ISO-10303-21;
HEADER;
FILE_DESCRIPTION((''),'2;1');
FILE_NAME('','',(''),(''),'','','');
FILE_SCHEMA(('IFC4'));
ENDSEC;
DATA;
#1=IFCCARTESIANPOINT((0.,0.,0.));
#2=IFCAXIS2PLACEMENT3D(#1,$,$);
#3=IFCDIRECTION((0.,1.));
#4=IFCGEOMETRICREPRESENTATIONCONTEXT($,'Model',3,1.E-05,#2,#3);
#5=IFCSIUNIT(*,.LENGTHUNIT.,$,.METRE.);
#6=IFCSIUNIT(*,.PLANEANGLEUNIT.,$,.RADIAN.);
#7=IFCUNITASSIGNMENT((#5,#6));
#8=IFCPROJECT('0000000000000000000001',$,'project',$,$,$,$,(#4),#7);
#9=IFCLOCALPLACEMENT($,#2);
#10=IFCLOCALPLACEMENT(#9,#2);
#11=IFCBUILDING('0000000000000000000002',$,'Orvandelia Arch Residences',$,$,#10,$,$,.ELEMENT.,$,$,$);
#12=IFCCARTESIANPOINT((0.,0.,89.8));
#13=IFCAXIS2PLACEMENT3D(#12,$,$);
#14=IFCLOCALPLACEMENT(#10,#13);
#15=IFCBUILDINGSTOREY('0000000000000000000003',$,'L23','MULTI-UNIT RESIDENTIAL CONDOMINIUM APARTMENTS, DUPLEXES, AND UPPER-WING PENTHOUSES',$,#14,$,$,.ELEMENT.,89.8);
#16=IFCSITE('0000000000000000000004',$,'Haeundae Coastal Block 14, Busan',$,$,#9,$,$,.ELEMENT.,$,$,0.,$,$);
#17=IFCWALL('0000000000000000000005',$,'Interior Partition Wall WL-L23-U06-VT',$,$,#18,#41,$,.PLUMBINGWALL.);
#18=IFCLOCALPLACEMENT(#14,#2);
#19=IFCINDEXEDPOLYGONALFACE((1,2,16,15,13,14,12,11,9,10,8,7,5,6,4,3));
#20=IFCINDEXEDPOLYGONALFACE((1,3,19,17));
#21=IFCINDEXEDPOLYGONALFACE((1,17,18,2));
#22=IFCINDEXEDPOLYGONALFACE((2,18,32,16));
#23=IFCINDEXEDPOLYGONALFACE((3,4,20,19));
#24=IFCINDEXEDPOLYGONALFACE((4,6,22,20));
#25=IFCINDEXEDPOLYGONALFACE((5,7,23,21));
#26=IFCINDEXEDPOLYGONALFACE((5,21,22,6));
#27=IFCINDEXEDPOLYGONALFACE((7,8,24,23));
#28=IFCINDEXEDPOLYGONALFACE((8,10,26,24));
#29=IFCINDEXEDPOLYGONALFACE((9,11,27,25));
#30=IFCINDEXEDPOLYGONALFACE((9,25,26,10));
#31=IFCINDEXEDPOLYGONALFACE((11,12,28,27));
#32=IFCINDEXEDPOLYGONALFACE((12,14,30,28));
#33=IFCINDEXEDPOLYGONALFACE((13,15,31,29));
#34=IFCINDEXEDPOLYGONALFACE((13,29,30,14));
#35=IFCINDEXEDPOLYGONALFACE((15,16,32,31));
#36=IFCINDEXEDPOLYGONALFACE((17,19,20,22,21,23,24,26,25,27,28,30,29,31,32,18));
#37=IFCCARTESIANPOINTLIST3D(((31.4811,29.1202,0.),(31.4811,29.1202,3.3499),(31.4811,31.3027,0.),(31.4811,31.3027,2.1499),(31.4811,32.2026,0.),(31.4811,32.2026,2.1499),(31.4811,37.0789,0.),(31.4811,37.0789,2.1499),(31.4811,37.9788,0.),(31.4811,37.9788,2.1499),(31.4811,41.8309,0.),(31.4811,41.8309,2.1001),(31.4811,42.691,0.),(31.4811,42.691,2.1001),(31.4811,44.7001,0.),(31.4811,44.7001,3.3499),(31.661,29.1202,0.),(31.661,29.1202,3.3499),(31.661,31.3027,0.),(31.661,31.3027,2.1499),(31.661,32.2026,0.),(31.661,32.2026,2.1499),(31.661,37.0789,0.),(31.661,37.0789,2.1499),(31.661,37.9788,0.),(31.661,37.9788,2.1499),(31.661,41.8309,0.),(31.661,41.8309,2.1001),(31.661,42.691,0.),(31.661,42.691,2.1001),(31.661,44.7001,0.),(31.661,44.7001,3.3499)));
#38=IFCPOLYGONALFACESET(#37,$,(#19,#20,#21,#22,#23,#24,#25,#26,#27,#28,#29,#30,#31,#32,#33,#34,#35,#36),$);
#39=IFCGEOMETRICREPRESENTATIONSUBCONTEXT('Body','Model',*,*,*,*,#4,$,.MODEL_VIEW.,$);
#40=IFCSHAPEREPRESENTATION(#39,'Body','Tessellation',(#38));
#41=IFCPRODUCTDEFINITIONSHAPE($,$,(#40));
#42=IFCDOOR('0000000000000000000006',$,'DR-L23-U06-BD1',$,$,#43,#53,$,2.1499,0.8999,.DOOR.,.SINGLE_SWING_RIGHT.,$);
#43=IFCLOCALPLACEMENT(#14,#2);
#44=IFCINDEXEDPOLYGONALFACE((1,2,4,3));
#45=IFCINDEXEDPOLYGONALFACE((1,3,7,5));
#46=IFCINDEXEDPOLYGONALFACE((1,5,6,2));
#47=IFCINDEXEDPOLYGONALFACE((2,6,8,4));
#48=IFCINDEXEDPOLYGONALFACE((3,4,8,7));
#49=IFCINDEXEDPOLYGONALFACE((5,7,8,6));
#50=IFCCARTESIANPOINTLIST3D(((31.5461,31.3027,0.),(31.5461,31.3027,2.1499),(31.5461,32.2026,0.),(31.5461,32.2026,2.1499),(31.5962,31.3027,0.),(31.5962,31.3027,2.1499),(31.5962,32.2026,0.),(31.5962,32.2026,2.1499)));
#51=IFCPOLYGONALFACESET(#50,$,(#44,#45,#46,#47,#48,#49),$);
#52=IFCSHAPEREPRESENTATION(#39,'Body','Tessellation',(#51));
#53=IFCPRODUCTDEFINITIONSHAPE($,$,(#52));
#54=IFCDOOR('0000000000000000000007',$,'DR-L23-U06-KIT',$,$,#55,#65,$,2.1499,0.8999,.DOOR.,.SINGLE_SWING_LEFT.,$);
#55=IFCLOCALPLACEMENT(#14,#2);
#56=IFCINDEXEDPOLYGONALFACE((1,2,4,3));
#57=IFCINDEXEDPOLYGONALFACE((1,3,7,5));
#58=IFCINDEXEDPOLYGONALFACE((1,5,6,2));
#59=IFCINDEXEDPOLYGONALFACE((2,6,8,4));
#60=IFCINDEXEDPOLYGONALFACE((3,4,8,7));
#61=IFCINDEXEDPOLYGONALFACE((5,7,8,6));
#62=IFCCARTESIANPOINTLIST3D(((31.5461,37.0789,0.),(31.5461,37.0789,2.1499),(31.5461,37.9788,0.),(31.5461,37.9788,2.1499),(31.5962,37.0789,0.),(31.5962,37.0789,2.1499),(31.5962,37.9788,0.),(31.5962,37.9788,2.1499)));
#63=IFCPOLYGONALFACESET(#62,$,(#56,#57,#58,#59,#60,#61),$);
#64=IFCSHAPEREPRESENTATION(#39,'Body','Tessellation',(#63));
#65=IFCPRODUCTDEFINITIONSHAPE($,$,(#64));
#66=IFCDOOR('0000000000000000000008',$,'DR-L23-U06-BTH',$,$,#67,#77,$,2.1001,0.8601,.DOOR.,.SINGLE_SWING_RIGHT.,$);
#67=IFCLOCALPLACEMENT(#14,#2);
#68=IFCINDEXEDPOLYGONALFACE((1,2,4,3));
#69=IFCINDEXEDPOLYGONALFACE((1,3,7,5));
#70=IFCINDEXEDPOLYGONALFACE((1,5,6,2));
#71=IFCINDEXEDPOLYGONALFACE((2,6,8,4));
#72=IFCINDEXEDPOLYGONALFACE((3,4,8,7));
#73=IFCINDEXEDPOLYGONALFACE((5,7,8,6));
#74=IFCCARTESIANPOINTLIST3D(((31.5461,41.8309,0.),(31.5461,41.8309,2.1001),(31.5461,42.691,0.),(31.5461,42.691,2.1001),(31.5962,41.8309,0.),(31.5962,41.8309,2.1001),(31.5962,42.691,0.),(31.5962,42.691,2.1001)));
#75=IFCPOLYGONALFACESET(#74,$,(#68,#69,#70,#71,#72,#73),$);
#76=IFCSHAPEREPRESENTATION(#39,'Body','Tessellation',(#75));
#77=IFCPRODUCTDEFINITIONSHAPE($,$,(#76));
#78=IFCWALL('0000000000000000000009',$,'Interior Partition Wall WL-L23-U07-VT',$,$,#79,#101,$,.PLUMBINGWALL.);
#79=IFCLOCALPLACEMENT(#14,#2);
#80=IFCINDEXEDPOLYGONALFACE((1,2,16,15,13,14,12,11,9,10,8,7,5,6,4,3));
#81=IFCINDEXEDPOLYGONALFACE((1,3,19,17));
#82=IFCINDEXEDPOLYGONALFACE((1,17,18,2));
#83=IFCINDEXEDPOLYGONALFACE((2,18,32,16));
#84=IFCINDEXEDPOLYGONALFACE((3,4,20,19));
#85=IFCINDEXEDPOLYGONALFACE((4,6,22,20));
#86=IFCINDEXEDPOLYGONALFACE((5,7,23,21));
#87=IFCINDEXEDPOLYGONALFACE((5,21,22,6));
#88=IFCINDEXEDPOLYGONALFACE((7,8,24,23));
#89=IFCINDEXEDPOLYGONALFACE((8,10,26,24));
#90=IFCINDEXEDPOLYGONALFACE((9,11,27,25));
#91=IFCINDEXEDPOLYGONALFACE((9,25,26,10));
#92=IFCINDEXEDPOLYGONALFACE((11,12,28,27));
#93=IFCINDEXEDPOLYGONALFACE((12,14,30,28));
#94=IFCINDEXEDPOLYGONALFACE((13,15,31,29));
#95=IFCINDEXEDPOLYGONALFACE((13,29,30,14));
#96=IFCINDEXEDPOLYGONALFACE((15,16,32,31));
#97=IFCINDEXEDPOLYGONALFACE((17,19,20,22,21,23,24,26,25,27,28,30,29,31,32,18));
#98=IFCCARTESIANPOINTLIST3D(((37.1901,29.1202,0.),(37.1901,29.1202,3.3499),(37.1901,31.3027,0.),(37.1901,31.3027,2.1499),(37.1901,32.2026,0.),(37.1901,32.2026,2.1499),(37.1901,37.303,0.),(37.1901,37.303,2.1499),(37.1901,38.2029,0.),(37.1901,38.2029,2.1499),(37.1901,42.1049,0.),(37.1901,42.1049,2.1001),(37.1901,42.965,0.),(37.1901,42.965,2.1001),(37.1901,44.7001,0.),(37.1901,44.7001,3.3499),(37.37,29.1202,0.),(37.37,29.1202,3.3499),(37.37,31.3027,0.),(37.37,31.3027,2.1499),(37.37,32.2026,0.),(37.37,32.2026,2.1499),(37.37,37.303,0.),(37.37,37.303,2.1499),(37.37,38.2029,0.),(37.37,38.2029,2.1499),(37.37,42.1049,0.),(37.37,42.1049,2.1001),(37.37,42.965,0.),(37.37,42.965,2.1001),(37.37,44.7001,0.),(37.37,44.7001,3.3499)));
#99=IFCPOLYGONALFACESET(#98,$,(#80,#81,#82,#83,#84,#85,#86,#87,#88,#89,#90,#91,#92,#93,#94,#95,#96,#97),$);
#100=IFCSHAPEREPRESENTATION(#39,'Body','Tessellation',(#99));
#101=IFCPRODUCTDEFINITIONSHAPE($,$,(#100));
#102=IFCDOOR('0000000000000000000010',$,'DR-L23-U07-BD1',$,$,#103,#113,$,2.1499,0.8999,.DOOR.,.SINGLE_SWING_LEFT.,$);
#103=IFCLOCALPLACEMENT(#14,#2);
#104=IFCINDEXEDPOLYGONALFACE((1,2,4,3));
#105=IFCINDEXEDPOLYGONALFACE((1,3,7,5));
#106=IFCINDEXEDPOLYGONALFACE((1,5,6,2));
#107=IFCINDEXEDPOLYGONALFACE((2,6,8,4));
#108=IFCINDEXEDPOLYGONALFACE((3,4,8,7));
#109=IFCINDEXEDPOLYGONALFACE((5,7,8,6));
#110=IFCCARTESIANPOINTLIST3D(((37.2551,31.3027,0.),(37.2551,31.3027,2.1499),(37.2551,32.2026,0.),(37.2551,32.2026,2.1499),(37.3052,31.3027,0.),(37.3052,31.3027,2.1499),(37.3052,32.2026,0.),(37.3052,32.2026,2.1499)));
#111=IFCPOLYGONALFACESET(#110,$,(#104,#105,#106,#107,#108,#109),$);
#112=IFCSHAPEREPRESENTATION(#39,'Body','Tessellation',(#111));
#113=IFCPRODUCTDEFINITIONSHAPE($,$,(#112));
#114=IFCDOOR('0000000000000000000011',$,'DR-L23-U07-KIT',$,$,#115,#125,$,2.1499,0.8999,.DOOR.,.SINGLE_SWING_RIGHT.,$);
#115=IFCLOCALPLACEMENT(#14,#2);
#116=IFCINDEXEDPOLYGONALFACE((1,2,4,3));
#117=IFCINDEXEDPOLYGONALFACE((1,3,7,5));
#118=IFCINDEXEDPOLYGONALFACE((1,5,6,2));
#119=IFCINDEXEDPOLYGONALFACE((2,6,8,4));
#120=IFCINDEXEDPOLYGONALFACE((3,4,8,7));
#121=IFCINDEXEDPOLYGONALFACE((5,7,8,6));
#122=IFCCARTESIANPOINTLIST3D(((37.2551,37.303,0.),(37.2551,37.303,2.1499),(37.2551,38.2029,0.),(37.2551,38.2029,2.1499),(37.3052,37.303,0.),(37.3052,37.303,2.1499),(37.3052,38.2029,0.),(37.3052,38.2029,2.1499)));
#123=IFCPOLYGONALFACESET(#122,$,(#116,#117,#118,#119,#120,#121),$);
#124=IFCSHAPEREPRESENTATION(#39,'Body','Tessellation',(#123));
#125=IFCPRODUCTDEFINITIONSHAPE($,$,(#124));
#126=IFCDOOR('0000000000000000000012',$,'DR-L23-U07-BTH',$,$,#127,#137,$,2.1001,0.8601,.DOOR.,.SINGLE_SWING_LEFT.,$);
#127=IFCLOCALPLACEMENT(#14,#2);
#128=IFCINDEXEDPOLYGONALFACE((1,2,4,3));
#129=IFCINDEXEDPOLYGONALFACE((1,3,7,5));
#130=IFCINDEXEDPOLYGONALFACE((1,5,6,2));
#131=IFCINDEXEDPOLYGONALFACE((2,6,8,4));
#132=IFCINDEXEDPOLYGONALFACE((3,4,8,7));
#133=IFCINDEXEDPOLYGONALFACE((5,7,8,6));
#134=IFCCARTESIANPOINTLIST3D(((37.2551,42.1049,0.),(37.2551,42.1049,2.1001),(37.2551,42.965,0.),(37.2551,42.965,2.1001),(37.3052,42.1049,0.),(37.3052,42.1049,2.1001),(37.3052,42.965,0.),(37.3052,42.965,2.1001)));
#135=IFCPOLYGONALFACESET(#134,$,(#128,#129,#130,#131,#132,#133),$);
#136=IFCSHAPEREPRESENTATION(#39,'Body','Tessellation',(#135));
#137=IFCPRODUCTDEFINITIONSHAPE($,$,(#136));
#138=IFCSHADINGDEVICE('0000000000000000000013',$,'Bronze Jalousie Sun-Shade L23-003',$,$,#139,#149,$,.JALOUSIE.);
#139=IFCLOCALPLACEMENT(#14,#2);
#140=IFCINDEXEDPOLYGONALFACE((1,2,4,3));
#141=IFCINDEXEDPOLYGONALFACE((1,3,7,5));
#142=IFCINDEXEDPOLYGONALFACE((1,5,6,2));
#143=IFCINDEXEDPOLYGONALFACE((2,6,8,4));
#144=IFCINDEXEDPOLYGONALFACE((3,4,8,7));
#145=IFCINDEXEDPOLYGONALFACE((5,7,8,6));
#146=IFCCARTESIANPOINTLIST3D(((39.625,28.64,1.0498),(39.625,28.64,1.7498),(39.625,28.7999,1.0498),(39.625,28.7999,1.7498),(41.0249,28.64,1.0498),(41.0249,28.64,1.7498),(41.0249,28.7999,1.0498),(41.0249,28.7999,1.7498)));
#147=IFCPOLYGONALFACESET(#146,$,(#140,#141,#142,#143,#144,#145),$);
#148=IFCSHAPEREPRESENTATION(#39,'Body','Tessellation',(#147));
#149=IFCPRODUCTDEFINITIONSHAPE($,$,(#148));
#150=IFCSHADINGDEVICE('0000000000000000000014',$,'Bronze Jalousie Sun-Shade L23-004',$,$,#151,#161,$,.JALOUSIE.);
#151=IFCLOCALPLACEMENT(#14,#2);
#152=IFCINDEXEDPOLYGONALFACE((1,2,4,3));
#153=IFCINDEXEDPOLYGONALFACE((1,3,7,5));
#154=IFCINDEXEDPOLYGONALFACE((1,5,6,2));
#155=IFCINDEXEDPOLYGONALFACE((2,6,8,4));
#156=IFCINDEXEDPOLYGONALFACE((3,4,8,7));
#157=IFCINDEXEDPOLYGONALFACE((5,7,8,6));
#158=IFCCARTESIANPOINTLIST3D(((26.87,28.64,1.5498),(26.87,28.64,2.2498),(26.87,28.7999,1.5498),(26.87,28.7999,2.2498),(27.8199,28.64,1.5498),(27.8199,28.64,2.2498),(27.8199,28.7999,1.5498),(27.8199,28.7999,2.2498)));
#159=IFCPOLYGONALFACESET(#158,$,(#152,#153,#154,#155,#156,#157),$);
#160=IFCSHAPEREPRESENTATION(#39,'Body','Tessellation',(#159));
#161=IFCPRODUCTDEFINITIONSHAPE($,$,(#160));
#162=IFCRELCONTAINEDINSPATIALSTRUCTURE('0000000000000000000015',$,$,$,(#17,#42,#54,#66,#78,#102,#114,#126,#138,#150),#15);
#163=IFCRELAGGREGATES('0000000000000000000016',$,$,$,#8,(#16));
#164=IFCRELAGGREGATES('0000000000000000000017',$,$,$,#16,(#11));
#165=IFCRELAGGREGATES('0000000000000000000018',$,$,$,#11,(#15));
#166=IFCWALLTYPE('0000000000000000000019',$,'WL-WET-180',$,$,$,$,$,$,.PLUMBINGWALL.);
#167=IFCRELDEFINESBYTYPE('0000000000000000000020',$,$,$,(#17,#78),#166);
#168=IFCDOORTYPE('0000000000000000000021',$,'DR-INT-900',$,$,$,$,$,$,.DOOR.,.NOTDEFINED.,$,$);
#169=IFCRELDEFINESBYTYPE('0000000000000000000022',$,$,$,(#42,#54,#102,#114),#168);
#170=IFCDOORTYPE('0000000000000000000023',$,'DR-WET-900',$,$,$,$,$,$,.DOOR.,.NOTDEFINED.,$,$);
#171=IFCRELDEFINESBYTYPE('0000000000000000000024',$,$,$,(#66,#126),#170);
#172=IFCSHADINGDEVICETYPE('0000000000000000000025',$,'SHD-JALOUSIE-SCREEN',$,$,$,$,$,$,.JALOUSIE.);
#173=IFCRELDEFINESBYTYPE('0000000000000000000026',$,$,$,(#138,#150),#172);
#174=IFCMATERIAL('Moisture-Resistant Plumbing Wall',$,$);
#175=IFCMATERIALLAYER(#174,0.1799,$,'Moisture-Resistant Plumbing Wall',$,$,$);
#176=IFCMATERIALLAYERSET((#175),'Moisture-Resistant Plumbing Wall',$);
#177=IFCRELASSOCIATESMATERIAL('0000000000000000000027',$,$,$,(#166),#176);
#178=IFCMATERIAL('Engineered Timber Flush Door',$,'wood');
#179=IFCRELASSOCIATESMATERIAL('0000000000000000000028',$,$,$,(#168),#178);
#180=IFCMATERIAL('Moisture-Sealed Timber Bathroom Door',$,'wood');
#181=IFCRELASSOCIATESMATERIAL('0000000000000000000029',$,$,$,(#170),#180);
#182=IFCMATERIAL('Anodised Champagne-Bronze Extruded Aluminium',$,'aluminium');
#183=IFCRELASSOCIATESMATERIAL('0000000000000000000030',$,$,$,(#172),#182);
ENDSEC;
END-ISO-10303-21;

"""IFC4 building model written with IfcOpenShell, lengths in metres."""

from ifc_helpers import new_model, si_unit, direction, frame, frame_2d, origin, origin_2d, place, context, subcontext, project, spatial, rectangle, extrude, material, layer, layer_set, type_object, element, fill, save


model = new_model("IFC4")

# Units and contexts
model_context = context("Model", 3, precision=1e-05, world=origin(), true_north=direction((0.0, 1.0)))
body_context = subcontext(model_context, "Body", "Model", "MODEL_VIEW")
ifc_project = project(units=[si_unit("LENGTHUNIT", "METRE"), si_unit("PLANEANGLEUNIT", "RADIAN")], contexts=[model_context])

# Site, building, storey
site_placement = place(None, origin())
site = spatial("IfcSite", under=ifc_project, at=site_placement, Name="Haeundae Coastal Block 14, Busan", CompositionType="ELEMENT", RefElevation=0.0)
building_placement = place(site_placement, origin())
building = spatial("IfcBuilding", under=site, at=building_placement, Name="Orvandelia Arch Residences", CompositionType="ELEMENT")
storey_placement = place(building_placement, frame((0.0, 0.0, 89.8)))
storey = spatial("IfcBuildingStorey", under=building, at=storey_placement, Name="L23", Description="MULTI-UNIT RESIDENTIAL CONDOMINIUM APARTMENTS, DUPLEXES, AND UPPER-WING PENTHOUSES", CompositionType="ELEMENT", Elevation=89.8)

# Walls, openings, doors
ifc_material_1 = material(Name="Moisture-Resistant Plumbing Wall")
ifc_layer_1 = layer(ifc_material_1, 0.1799, Name="Moisture-Resistant Plumbing Wall")
ifc_layer_set_1 = layer_set([ifc_layer_1], Name="Moisture-Resistant Plumbing Wall")
wall_type_1 = type_object("IfcWallType", Name="WL-WET-180", PredefinedType="PLUMBINGWALL", material=ifc_layer_set_1)
wall_1_placement = place(storey_placement, frame((31.571, 29.1201, 0.0), z_axis=(0.0, 0.0, 1.0), x_axis=(0.0, 1.0, 0.0)))
wall_1 = element("IfcWall", 1, at=wall_1_placement, inside=storey, type_object=wall_type_1, Name="Interior Partition Wall WL-L23-U06-VT", PredefinedType="PLUMBINGWALL", context=body_context, shape_type="SweptSolid", body=[
    extrude(rectangle(XDim=15.5798, YDim=0.1799, at=frame_2d((7.79, 0.0))), origin(), (0.0, 0.0, 1.0), 3.3499),
])
opening_1_placement = place(wall_1_placement, frame((2.1826, 0.0, 0.0)))
opening_1 = element("IfcOpeningElement", 2, at=opening_1_placement, cuts=wall_1, PredefinedType="OPENING", context=body_context, shape_type="SweptSolid", body=[
    extrude(rectangle(XDim=0.8999, YDim=2.1499, at=frame_2d((0.45, 1.075))), frame((0.0, 0.1001, 0.0), z_axis=(0.0, -1.0, 0.0), x_axis=(1.0, 0.0, 0.0)), (0.0, 0.0, 1.0), 0.2),
])
opening_2_placement = place(wall_1_placement, frame((7.9587, 0.0, 0.0)))
opening_2 = element("IfcOpeningElement", 3, at=opening_2_placement, cuts=wall_1, PredefinedType="OPENING", context=body_context, shape_type="SweptSolid", body=[
    extrude(rectangle(XDim=0.8999, YDim=2.1499, at=frame_2d((0.45, 1.075))), frame((0.0, 0.1001, 0.0), z_axis=(0.0, -1.0, 0.0), x_axis=(1.0, 0.0, 0.0)), (0.0, 0.0, 1.0), 0.2),
])
opening_3_placement = place(wall_1_placement, frame((12.7107, 0.0, 0.0)))
opening_3 = element("IfcOpeningElement", 4, at=opening_3_placement, cuts=wall_1, PredefinedType="OPENING", context=body_context, shape_type="SweptSolid", body=[
    extrude(rectangle(XDim=0.8601, YDim=2.1001, at=frame_2d((0.4302, 1.05))), frame((0.0, 0.1001, 0.0), z_axis=(0.0, -1.0, 0.0), x_axis=(1.0, 0.0, 0.0)), (0.0, 0.0, 1.0), 0.2),
])
ifc_material_2 = material(Name="Engineered Timber Flush Door", Category="wood")
door_type_1 = type_object("IfcDoorType", Name="DR-INT-900", OperationType="NOTDEFINED", PredefinedType="DOOR", material=ifc_material_2)
door_1_placement = place(opening_1_placement, origin())
door_1 = element("IfcDoor", 5, at=door_1_placement, inside=storey, type_object=door_type_1, Name="DR-L23-U06-BD1", OperationType="SINGLE_SWING_RIGHT", OverallHeight=2.1499, OverallWidth=0.8999, PredefinedType="DOOR", context=body_context, shape_type="SweptSolid", body=[
    extrude(rectangle(XDim=0.8999, YDim=2.1499, at=frame_2d((0.45, 1.075))), frame((0.0, 0.0249, 0.0), z_axis=(0.0, -1.0, 0.0), x_axis=(1.0, 0.0, 0.0)), (0.0, 0.0, 1.0), 0.05),
])
fill(opening_1, door_1)
door_2_placement = place(opening_2_placement, origin())
door_2 = element("IfcDoor", 6, at=door_2_placement, inside=storey, type_object=door_type_1, Name="DR-L23-U06-KIT", OperationType="SINGLE_SWING_LEFT", OverallHeight=2.1499, OverallWidth=0.8999, PredefinedType="DOOR", context=body_context, shape_type="SweptSolid", body=[
    extrude(rectangle(XDim=0.8999, YDim=2.1499, at=frame_2d((0.45, 1.075))), frame((0.0, 0.0249, 0.0), z_axis=(0.0, -1.0, 0.0), x_axis=(1.0, 0.0, 0.0)), (0.0, 0.0, 1.0), 0.05),
])
fill(opening_2, door_2)
ifc_material_3 = material(Name="Moisture-Sealed Timber Bathroom Door", Category="wood")
door_type_2 = type_object("IfcDoorType", Name="DR-WET-900", OperationType="NOTDEFINED", PredefinedType="DOOR", material=ifc_material_3)
door_3_placement = place(opening_3_placement, origin())
door_3 = element("IfcDoor", 7, at=door_3_placement, inside=storey, type_object=door_type_2, Name="DR-L23-U06-BTH", OperationType="SINGLE_SWING_RIGHT", OverallHeight=2.1001, OverallWidth=0.8601, PredefinedType="DOOR", context=body_context, shape_type="SweptSolid", body=[
    extrude(rectangle(XDim=0.8601, YDim=2.1001, at=frame_2d((0.4302, 1.05))), frame((0.0, 0.0249, 0.0), z_axis=(0.0, -1.0, 0.0), x_axis=(1.0, 0.0, 0.0)), (0.0, 0.0, 1.0), 0.05),
])
fill(opening_3, door_3)
wall_2_placement = place(storey_placement, frame((37.28, 29.1201, 0.0), z_axis=(0.0, 0.0, 1.0), x_axis=(0.0, 1.0, 0.0)))
wall_2 = element("IfcWall", 8, at=wall_2_placement, inside=storey, type_object=wall_type_1, Name="Interior Partition Wall WL-L23-U07-VT", PredefinedType="PLUMBINGWALL", context=body_context, shape_type="SweptSolid", body=[
    extrude(rectangle(XDim=15.5798, YDim=0.1799, at=frame_2d((7.79, 0.0))), origin(), (0.0, 0.0, 1.0), 3.3499),
])
opening_4_placement = place(wall_2_placement, frame((2.1826, 0.0, 0.0)))
opening_4 = element("IfcOpeningElement", 9, at=opening_4_placement, cuts=wall_2, PredefinedType="OPENING", context=body_context, shape_type="SweptSolid", body=[
    extrude(rectangle(XDim=0.8999, YDim=2.1499, at=frame_2d((0.45, 1.075))), frame((0.0, 0.1001, 0.0), z_axis=(0.0, -1.0, 0.0), x_axis=(1.0, 0.0, 0.0)), (0.0, 0.0, 1.0), 0.2),
])
opening_5_placement = place(wall_2_placement, frame((8.1829, 0.0, 0.0)))
opening_5 = element("IfcOpeningElement", 10, at=opening_5_placement, cuts=wall_2, PredefinedType="OPENING", context=body_context, shape_type="SweptSolid", body=[
    extrude(rectangle(XDim=0.8999, YDim=2.1499, at=frame_2d((0.45, 1.075))), frame((0.0, 0.1001, 0.0), z_axis=(0.0, -1.0, 0.0), x_axis=(1.0, 0.0, 0.0)), (0.0, 0.0, 1.0), 0.2),
])
opening_6_placement = place(wall_2_placement, frame((12.9846, 0.0, 0.0)))
opening_6 = element("IfcOpeningElement", 11, at=opening_6_placement, cuts=wall_2, PredefinedType="OPENING", context=body_context, shape_type="SweptSolid", body=[
    extrude(rectangle(XDim=0.8601, YDim=2.1001, at=frame_2d((0.4302, 1.05))), frame((0.0, 0.1001, 0.0), z_axis=(0.0, -1.0, 0.0), x_axis=(1.0, 0.0, 0.0)), (0.0, 0.0, 1.0), 0.2),
])
door_4_placement = place(opening_4_placement, origin())
door_4 = element("IfcDoor", 12, at=door_4_placement, inside=storey, type_object=door_type_1, Name="DR-L23-U07-BD1", OperationType="SINGLE_SWING_LEFT", OverallHeight=2.1499, OverallWidth=0.8999, PredefinedType="DOOR", context=body_context, shape_type="SweptSolid", body=[
    extrude(rectangle(XDim=0.8999, YDim=2.1499, at=frame_2d((0.45, 1.075))), frame((0.0, 0.0249, 0.0), z_axis=(0.0, -1.0, 0.0), x_axis=(1.0, 0.0, 0.0)), (0.0, 0.0, 1.0), 0.05),
])
fill(opening_4, door_4)
door_5_placement = place(opening_5_placement, origin())
door_5 = element("IfcDoor", 13, at=door_5_placement, inside=storey, type_object=door_type_1, Name="DR-L23-U07-KIT", OperationType="SINGLE_SWING_RIGHT", OverallHeight=2.1499, OverallWidth=0.8999, PredefinedType="DOOR", context=body_context, shape_type="SweptSolid", body=[
    extrude(rectangle(XDim=0.8999, YDim=2.1499, at=frame_2d((0.45, 1.075))), frame((0.0, 0.0249, 0.0), z_axis=(0.0, -1.0, 0.0), x_axis=(1.0, 0.0, 0.0)), (0.0, 0.0, 1.0), 0.05),
])
fill(opening_5, door_5)
door_6_placement = place(opening_6_placement, origin())
door_6 = element("IfcDoor", 14, at=door_6_placement, inside=storey, type_object=door_type_2, Name="DR-L23-U07-BTH", OperationType="SINGLE_SWING_LEFT", OverallHeight=2.1001, OverallWidth=0.8601, PredefinedType="DOOR", context=body_context, shape_type="SweptSolid", body=[
    extrude(rectangle(XDim=0.8601, YDim=2.1001, at=frame_2d((0.4302, 1.05))), frame((0.0, 0.0249, 0.0), z_axis=(0.0, -1.0, 0.0), x_axis=(1.0, 0.0, 0.0)), (0.0, 0.0, 1.0), 0.05),
])
fill(opening_6, door_6)

# Shading devices
ifc_material_4 = material(Name="Anodised Champagne-Bronze Extruded Aluminium", Category="aluminium")
shading_device_type = type_object("IfcShadingDeviceType", Name="SHD-JALOUSIE-SCREEN", PredefinedType="JALOUSIE", material=ifc_material_4)
shading_device_1_placement = place(storey_placement, frame((40.325, 28.72, 1.0498), z_axis=(0.0, 0.0, 1.0), x_axis=(-1.0, 0.0, 0.0)))
element("IfcShadingDevice", 15, at=shading_device_1_placement, inside=storey, type_object=shading_device_type, Name="Bronze Jalousie Sun-Shade L23-003", PredefinedType="JALOUSIE", context=body_context, shape_type="SweptSolid", body=[
    extrude(rectangle(XDim=1.3999, YDim=0.1599, at=origin_2d()), origin(), (0.0, 0.0, 1.0), 0.7),
])
shading_device_2_placement = place(storey_placement, frame((27.345, 28.72, 1.5498), z_axis=(0.0, 0.0, 1.0), x_axis=(-1.0, 0.0, 0.0)))
element("IfcShadingDevice", 16, at=shading_device_2_placement, inside=storey, type_object=shading_device_type, Name="Bronze Jalousie Sun-Shade L23-004", PredefinedType="JALOUSIE", context=body_context, shape_type="SweptSolid", body=[
    extrude(rectangle(XDim=0.95, YDim=0.1599, at=origin_2d()), origin(), (0.0, 0.0, 1.0), 0.7),
])

save(model, "model.ifc")
